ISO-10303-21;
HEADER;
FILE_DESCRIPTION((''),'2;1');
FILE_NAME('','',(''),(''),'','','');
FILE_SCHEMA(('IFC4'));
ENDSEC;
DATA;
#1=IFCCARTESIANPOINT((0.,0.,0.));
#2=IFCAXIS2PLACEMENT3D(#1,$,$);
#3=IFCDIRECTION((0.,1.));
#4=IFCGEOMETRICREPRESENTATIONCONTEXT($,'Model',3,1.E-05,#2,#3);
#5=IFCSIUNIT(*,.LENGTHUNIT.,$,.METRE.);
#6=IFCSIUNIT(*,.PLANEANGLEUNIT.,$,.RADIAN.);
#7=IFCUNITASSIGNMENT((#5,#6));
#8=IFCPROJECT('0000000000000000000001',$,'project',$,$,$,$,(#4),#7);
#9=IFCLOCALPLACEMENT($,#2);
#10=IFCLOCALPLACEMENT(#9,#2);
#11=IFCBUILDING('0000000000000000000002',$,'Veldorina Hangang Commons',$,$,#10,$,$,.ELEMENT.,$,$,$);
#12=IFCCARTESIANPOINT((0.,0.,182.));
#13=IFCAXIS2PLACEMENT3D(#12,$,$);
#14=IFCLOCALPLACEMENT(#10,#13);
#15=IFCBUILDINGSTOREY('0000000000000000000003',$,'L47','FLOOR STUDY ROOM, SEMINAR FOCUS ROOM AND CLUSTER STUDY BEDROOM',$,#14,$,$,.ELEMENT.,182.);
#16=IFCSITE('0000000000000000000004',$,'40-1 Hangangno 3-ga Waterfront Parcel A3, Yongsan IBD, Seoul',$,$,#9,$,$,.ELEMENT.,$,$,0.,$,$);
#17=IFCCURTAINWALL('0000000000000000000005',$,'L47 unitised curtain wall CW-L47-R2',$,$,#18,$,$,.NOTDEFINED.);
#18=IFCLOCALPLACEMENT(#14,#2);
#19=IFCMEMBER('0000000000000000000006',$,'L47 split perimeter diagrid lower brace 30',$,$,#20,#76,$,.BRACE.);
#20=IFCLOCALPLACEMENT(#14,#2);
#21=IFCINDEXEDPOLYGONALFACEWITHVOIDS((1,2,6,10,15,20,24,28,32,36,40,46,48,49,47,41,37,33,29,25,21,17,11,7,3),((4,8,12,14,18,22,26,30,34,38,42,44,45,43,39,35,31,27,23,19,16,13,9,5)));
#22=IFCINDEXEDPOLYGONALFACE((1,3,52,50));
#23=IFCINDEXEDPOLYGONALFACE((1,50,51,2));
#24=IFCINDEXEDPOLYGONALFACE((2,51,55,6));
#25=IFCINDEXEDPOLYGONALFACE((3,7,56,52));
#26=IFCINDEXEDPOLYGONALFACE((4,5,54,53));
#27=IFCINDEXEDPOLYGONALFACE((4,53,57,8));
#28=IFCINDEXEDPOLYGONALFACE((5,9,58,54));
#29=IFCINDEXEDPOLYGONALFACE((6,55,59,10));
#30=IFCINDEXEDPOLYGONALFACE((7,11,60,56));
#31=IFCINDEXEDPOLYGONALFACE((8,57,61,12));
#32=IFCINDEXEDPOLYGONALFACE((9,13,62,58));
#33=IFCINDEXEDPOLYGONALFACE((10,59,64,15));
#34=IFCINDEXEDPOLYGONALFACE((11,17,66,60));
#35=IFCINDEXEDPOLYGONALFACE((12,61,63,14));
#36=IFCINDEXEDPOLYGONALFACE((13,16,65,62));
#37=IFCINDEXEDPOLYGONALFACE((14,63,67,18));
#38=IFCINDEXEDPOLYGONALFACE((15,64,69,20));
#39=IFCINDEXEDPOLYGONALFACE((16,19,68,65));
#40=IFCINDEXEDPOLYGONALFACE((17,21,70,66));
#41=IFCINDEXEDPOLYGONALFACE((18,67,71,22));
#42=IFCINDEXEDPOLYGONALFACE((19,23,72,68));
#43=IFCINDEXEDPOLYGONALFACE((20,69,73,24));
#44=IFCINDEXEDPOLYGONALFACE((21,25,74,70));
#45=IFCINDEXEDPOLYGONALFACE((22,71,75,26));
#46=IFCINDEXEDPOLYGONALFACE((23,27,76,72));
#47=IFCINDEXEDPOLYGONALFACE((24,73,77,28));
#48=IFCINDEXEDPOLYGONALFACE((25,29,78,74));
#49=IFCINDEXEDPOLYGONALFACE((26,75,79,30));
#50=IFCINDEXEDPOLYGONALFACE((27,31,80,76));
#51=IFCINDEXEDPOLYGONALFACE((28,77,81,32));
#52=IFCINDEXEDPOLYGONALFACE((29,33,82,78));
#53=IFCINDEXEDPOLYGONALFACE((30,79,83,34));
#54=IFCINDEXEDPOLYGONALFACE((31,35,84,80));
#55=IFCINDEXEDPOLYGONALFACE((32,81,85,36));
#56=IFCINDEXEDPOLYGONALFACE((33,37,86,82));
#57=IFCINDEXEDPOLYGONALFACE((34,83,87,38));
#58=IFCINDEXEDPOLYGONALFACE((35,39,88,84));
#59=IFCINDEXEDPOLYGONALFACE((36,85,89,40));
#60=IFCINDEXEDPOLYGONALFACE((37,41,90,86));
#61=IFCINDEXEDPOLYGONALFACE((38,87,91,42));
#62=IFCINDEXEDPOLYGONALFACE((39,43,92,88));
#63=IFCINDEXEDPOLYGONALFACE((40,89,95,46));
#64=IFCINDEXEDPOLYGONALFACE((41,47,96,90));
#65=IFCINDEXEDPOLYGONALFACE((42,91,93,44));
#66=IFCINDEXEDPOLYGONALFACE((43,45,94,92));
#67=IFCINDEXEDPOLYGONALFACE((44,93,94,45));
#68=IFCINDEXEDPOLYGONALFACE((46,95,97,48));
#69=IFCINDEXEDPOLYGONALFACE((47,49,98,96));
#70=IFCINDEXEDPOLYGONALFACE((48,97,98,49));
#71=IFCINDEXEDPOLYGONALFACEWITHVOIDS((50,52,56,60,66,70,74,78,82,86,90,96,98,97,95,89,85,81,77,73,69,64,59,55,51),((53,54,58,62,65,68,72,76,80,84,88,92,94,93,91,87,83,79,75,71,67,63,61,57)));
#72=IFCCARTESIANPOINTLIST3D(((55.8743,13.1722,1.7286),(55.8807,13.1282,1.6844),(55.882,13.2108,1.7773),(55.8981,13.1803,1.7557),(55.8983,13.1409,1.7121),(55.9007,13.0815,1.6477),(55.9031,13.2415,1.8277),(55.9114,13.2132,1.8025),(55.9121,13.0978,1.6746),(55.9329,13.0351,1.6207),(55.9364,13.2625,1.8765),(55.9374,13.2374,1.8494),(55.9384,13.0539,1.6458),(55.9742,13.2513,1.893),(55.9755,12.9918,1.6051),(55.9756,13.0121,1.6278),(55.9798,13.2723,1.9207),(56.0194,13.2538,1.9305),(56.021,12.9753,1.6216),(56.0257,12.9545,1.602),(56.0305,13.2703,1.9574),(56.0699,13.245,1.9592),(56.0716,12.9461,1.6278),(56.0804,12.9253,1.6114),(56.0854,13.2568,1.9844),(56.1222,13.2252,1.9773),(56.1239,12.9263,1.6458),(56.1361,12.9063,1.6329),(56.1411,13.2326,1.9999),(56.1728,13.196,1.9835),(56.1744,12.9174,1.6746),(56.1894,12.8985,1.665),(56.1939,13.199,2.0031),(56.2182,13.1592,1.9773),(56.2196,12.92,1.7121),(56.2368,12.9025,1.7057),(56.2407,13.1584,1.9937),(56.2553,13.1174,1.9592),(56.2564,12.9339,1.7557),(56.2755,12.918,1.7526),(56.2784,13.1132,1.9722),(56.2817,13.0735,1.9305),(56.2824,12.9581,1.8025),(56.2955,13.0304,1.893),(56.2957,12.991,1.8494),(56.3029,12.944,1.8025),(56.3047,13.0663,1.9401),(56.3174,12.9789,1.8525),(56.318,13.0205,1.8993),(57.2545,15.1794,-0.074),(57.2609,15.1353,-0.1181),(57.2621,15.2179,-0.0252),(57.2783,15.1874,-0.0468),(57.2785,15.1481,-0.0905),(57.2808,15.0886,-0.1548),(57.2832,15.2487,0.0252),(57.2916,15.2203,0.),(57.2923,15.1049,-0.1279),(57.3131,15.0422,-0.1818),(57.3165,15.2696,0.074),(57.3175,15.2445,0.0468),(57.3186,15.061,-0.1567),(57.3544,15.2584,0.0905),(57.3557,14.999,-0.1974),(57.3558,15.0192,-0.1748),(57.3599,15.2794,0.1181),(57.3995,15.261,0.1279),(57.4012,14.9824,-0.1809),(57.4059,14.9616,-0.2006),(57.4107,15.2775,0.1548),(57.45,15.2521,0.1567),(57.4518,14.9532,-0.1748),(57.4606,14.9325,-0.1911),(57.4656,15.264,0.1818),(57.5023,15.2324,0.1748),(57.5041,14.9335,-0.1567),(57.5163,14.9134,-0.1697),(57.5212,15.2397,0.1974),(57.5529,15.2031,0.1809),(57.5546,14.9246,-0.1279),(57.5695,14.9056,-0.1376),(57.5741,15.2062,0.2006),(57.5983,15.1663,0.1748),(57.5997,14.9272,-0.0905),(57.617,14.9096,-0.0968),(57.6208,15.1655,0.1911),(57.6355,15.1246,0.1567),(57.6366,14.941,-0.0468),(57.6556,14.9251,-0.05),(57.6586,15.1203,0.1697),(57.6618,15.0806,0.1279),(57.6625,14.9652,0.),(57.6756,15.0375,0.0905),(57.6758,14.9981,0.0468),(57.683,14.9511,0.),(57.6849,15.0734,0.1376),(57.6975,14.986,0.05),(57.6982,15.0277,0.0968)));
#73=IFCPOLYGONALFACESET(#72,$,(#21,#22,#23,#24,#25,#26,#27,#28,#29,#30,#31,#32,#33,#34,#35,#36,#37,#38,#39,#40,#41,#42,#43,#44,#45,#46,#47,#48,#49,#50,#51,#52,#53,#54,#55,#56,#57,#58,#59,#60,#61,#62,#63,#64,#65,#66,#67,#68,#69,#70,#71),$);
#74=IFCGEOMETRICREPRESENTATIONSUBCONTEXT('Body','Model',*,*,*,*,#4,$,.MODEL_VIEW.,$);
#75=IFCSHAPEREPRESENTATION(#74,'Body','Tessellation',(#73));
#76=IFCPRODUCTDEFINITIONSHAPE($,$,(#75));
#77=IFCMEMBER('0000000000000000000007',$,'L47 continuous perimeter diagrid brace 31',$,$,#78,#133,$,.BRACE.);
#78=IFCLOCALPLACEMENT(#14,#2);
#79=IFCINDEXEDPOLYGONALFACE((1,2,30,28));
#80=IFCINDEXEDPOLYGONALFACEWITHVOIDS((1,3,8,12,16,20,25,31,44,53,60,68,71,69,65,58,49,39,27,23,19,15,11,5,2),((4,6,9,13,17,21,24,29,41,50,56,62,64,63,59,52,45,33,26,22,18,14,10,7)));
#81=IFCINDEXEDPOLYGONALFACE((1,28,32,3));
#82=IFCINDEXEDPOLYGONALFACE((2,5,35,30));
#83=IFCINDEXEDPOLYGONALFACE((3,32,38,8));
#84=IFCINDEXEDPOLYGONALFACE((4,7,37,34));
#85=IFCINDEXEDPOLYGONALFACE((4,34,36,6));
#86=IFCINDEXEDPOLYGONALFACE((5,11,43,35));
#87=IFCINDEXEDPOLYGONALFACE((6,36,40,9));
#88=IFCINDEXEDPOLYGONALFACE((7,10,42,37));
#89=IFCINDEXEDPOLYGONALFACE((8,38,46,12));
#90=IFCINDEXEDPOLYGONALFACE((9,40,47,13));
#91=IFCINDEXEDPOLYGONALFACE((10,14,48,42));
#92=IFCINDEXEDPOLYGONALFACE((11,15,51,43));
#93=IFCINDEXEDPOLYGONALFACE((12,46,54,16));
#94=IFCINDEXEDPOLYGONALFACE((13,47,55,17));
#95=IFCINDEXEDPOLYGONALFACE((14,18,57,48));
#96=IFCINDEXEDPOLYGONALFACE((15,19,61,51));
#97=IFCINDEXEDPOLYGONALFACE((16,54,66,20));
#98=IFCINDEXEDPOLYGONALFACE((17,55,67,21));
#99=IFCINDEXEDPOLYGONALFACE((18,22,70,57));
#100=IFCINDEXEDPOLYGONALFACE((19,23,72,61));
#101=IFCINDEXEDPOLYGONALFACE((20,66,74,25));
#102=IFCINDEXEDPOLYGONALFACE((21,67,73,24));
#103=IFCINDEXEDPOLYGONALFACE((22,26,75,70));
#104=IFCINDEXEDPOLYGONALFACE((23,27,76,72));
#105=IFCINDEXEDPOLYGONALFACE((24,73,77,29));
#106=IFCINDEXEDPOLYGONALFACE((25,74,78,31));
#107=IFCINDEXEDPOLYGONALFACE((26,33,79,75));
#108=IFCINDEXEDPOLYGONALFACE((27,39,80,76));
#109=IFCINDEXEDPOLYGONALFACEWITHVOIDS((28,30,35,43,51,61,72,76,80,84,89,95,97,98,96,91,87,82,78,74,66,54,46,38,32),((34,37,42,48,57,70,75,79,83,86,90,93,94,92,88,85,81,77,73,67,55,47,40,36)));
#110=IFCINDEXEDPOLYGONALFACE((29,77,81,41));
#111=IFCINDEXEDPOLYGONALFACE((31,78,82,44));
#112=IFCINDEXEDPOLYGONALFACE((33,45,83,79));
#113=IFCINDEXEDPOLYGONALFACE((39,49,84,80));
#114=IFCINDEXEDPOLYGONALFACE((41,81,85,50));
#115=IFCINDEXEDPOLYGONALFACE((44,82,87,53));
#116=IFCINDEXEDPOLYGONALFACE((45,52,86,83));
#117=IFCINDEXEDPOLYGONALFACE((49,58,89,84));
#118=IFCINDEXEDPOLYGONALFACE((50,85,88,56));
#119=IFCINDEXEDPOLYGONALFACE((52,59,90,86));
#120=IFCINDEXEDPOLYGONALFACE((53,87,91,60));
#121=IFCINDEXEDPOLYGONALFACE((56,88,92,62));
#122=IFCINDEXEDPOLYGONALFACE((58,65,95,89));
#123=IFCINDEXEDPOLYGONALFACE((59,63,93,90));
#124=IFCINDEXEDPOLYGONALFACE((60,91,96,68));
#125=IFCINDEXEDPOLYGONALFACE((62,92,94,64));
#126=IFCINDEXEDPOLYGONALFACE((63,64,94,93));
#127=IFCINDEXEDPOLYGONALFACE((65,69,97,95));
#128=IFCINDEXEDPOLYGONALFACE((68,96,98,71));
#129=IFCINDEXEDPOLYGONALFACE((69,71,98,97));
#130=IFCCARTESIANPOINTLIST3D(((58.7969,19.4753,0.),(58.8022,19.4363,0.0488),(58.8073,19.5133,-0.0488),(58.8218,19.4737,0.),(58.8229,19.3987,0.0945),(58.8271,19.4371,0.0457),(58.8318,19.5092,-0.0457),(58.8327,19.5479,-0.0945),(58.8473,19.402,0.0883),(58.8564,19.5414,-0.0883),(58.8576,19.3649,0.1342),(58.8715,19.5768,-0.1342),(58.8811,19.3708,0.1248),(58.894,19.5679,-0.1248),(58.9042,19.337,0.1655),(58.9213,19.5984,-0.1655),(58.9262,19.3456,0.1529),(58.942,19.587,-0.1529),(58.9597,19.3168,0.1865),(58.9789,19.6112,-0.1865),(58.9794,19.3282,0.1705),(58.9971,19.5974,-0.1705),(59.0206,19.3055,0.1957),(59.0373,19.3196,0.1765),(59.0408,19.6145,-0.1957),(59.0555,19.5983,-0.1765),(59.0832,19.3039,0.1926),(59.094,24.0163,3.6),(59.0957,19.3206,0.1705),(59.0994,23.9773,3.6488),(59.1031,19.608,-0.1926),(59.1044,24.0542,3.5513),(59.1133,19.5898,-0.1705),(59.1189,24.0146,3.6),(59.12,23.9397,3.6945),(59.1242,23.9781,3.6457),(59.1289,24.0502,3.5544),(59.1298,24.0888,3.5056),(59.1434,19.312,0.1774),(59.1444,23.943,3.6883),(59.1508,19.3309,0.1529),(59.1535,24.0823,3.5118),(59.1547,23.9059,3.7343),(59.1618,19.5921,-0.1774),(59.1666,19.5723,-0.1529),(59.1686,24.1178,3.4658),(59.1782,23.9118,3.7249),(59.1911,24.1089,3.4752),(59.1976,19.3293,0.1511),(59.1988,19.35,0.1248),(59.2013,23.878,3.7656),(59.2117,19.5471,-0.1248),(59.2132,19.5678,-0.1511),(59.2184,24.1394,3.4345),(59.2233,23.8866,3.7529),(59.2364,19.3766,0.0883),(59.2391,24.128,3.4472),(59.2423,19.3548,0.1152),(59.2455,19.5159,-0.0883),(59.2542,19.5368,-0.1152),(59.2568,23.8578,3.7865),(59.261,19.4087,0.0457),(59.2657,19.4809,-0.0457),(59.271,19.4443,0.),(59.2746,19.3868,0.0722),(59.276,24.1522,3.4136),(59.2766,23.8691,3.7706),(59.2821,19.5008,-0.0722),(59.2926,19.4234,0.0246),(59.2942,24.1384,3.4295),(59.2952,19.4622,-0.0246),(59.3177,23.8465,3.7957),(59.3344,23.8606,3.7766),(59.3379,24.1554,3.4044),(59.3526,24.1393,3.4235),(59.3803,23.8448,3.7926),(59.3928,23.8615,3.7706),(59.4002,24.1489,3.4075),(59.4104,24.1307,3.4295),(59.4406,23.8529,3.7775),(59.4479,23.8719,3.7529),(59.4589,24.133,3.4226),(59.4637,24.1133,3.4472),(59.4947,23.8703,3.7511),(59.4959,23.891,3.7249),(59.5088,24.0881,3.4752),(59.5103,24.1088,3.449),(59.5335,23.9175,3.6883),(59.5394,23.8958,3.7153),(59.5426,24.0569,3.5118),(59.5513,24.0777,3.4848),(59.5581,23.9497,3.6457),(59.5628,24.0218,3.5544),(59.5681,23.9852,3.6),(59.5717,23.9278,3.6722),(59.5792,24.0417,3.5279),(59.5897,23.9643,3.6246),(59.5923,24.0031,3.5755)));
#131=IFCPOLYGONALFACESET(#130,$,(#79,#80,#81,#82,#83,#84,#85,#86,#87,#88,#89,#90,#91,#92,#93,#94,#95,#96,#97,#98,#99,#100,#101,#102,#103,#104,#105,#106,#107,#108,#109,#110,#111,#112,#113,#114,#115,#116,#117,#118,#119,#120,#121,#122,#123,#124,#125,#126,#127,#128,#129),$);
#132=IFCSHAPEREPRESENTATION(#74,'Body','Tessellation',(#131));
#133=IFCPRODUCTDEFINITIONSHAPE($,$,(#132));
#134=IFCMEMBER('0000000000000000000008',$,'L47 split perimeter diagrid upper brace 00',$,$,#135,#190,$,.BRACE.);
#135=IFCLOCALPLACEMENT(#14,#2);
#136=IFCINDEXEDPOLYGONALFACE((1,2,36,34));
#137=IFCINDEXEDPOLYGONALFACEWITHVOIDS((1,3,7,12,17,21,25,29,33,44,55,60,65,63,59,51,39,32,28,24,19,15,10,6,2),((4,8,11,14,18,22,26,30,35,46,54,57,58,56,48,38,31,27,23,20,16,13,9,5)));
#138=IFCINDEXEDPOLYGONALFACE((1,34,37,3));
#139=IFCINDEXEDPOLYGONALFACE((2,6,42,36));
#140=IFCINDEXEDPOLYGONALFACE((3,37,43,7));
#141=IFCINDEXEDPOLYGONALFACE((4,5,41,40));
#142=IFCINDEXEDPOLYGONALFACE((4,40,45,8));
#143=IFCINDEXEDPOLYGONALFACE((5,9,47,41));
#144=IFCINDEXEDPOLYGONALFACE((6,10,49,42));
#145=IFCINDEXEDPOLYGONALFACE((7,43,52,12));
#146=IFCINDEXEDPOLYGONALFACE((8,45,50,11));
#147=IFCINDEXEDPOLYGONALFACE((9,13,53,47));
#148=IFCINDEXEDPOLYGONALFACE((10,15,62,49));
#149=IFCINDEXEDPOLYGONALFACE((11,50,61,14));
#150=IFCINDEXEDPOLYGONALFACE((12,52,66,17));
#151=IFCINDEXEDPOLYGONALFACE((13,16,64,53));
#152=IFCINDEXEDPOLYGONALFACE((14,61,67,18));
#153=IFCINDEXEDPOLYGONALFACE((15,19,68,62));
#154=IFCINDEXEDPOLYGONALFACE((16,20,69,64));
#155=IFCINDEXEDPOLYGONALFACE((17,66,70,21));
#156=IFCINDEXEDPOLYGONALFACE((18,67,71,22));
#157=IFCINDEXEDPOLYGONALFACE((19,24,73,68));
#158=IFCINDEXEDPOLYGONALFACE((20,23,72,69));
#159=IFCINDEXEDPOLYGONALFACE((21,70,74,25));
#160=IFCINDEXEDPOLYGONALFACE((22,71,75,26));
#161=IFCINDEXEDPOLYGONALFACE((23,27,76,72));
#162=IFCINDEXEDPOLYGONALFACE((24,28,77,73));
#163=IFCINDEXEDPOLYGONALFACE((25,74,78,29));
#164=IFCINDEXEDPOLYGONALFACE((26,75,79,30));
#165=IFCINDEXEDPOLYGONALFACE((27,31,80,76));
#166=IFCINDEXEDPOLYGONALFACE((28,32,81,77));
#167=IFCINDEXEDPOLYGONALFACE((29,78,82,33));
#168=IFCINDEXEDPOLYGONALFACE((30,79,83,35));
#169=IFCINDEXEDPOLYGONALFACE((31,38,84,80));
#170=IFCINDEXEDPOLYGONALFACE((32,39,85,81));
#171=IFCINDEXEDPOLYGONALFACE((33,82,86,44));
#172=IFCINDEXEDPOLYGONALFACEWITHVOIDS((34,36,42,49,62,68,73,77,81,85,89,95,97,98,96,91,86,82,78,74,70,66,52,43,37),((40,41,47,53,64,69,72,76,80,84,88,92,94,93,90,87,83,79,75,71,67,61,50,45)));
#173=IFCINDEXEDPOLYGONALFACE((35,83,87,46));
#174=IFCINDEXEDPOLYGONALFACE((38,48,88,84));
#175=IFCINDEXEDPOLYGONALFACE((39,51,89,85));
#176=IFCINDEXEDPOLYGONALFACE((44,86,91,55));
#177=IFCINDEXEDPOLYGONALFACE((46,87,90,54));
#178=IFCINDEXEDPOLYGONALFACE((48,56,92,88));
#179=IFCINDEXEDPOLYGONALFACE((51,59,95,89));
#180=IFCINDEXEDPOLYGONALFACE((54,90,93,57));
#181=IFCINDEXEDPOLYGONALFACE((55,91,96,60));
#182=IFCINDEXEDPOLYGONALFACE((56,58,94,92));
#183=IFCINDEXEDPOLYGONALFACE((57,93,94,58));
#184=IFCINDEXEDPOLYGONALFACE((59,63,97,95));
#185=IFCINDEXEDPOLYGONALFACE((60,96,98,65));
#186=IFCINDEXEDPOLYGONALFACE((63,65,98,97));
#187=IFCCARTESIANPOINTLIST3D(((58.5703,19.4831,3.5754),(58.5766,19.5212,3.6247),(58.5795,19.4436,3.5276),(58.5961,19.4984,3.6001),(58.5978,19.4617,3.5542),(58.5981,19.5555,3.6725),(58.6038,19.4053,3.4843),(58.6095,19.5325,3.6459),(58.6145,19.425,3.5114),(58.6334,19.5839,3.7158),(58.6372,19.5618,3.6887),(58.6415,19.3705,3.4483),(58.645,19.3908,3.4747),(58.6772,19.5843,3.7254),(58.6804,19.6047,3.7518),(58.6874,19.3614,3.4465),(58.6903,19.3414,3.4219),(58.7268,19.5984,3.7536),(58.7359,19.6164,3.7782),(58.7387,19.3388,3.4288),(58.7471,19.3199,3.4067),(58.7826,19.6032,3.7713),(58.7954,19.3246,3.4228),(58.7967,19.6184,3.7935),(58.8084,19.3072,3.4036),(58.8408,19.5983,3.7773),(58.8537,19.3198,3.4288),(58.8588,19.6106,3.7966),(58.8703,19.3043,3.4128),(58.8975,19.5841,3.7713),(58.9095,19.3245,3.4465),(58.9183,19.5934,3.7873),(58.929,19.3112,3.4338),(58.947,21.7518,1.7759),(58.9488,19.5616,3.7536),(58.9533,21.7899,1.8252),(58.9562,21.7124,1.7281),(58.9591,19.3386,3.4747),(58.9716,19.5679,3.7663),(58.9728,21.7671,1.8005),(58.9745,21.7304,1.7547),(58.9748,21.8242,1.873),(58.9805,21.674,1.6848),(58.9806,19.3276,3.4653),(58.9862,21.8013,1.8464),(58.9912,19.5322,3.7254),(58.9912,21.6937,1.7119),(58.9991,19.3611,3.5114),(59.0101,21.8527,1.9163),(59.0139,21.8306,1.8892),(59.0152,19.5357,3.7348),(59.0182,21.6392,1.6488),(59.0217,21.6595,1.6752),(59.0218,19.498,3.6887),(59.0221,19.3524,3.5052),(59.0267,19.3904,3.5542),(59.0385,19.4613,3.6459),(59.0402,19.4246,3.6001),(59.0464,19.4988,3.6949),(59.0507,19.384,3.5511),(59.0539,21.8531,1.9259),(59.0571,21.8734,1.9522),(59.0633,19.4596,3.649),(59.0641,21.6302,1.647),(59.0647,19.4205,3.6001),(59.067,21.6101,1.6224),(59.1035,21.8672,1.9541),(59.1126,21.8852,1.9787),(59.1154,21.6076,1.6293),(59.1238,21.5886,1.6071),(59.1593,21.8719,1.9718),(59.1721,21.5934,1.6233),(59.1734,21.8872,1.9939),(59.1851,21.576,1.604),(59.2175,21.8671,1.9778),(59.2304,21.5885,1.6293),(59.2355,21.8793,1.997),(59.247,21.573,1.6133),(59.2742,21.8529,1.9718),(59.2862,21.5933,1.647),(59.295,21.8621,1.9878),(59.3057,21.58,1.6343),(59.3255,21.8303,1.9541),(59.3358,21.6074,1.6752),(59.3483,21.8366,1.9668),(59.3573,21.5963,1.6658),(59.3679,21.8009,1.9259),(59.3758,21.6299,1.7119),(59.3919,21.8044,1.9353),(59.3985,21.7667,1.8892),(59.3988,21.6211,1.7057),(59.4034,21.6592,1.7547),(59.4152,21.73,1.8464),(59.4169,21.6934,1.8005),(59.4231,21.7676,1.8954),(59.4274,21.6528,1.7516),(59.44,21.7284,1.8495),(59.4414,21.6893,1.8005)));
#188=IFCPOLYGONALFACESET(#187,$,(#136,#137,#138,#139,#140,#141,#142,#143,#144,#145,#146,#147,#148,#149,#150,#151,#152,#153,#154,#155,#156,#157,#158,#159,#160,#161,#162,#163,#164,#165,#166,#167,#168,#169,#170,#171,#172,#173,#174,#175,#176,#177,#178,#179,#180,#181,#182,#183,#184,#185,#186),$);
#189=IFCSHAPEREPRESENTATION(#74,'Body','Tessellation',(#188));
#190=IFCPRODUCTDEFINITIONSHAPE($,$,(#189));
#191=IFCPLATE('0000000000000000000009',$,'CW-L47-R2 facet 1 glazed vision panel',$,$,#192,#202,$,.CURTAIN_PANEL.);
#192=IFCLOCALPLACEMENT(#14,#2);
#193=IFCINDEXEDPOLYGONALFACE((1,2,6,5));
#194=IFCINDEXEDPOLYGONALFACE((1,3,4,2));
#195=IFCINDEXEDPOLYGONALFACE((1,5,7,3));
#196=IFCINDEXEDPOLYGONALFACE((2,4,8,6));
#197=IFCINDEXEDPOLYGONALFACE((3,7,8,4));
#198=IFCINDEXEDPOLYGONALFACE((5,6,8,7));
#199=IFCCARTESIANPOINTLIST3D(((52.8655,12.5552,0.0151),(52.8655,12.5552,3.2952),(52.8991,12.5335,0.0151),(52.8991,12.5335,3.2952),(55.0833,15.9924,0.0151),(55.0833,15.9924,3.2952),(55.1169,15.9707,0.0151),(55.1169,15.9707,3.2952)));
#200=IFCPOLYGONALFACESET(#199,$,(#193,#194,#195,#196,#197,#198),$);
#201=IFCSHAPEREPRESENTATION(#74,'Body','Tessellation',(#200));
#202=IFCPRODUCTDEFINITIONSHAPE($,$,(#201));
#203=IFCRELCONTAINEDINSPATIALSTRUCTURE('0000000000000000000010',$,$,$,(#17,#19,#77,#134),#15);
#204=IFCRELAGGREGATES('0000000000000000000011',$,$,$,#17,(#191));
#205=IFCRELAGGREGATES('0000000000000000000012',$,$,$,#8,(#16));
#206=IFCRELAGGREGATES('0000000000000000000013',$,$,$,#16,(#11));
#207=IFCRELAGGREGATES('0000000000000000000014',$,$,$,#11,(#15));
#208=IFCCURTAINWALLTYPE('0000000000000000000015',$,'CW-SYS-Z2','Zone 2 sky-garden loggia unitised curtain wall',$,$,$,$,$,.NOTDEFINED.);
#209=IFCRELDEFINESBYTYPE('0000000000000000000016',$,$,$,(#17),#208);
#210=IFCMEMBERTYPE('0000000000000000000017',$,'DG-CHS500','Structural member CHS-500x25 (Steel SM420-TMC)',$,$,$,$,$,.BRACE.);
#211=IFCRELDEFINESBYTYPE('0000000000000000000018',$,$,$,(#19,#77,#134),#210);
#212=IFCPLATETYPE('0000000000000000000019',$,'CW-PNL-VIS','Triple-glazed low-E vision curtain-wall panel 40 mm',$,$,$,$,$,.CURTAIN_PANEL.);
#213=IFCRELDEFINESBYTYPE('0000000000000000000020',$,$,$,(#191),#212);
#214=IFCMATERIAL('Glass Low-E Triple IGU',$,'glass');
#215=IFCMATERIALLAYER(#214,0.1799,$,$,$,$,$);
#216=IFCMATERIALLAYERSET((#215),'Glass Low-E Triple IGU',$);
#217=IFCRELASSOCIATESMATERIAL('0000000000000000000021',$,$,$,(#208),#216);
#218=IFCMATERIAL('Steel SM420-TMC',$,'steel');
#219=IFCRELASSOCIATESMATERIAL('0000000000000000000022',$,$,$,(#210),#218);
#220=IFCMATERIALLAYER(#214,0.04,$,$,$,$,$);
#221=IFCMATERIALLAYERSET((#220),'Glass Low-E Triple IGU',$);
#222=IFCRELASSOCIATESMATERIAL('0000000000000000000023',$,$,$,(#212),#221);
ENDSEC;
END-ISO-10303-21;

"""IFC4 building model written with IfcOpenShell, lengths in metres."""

from ifc_helpers import new_model, si_unit, direction, frame, origin, origin_2d, place, context, subcontext, project, spatial, rectangle, hollow_circle, extrude, material, layer, layer_set, material_profile, profile_set, type_object, element, aggregate, save


model = new_model("IFC4")

# Units and contexts
model_context = context("Model", 3, precision=1e-05, world=origin(), true_north=direction((0.0, 1.0)))
body_context = subcontext(model_context, "Body", "Model", "MODEL_VIEW")
ifc_project = project(units=[si_unit("LENGTHUNIT", "METRE"), si_unit("PLANEANGLEUNIT", "RADIAN")], contexts=[model_context])

# Site, building, storey
site_placement = place(None, origin())
site = spatial("IfcSite", under=ifc_project, at=site_placement, Name="40-1 Hangangno 3-ga Waterfront Parcel A3, Yongsan IBD, Seoul", CompositionType="ELEMENT", RefElevation=0.0)
building_placement = place(site_placement, origin())
building = spatial("IfcBuilding", under=site, at=building_placement, Name="Veldorina Hangang Commons", CompositionType="ELEMENT")
storey_placement = place(building_placement, frame((0.0, 0.0, 182.0)))
storey = spatial("IfcBuildingStorey", under=building, at=storey_placement, Name="L47", Description="FLOOR STUDY ROOM, SEMINAR FOCUS ROOM AND CLUSTER STUDY BEDROOM", CompositionType="ELEMENT", Elevation=182.0)

# Shared definitions
ifc_material_1 = material(Name="Steel SM420-TMC", Category="steel")

# Curtain wall
ifc_material_2 = material(Name="Glass Low-E Triple IGU", Category="glass")
ifc_layer_1 = layer(ifc_material_2, 0.1799)
ifc_layer_set_1 = layer_set([ifc_layer_1], Name="Glass Low-E Triple IGU")
curtain_wall_type = type_object("IfcCurtainWallType", Name="CW-SYS-Z2", Description="Zone 2 sky-garden loggia unitised curtain wall", PredefinedType="NOTDEFINED", material=ifc_layer_set_1)
curtain_wall_placement = place(storey_placement, origin())
curtain_wall = element("IfcCurtainWall", 1, at=curtain_wall_placement, inside=storey, type_object=curtain_wall_type, Name="L47 unitised curtain wall CW-L47-R2", PredefinedType="NOTDEFINED")

# Members
ifc_material_profile_1 = material_profile(ifc_material_1, hollow_circle(Radius=0.25, WallThickness=0.0249, at=origin_2d()), Name="CHS-500x25")
ifc_profile_set_1 = profile_set([ifc_material_profile_1], Name="Steel SM420-TMC")
member_type_1 = type_object("IfcMemberType", Name="DG-CHS500", Description="Structural member CHS-500x25 (Steel SM420-TMC)", PredefinedType="BRACE", material=ifc_profile_set_1)
member_1_placement = place(storey_placement, frame((57.4771, 15.0928, 0.0), z_axis=(-0.455458, -0.66236, 0.594843), x_axis=(0.823992, -0.566601, 0.0)))
element("IfcMember", 2, at=member_1_placement, inside=storey, type_object=member_type_1, Name="L47 split perimeter diagrid lower brace 30", PredefinedType="BRACE", context=body_context, shape_type="SweptSolid", body=[
    extrude(hollow_circle(Radius=0.25, WallThickness=0.0249, at=origin_2d()), origin(), (0.0, 0.0, 1.0), 3.0303),
])
member_2_placement = place(storey_placement, frame((59.0464, 19.459, 0.0), z_axis=(0.051205, 0.782587, 0.620432), x_axis=(-0.997866, 0.06529, 0.0)))
element("IfcMember", 3, at=member_2_placement, inside=storey, type_object=member_type_1, Name="L47 continuous perimeter diagrid brace 31", PredefinedType="BRACE", context=body_context, shape_type="SweptSolid", body=[
    extrude(hollow_circle(Radius=0.25, WallThickness=0.0249, at=origin_2d()), origin(), (0.0, 0.0, 1.0), 5.8025),
])
member_3_placement = place(storey_placement, frame((59.1948, 21.7302, 1.8005), z_axis=(-0.129, -0.776923, 0.616238), x_axis=(0.986494, -0.163796, 0.0)))
element("IfcMember", 4, at=member_3_placement, inside=storey, type_object=member_type_1, Name="L47 split perimeter diagrid upper brace 00", PredefinedType="BRACE", context=body_context, shape_type="SweptSolid", body=[
    extrude(hollow_circle(Radius=0.25, WallThickness=0.0249, at=origin_2d()), origin(), (0.0, 0.0, 1.0), 2.9202),
])

# Plate
ifc_layer_2 = layer(ifc_material_2, 0.04)
ifc_layer_set_2 = layer_set([ifc_layer_2], Name="Glass Low-E Triple IGU")
plate_type_1 = type_object("IfcPlateType", Name="CW-PNL-VIS", Description="Triple-glazed low-E vision curtain-wall panel 40 mm", PredefinedType="CURTAIN_PANEL", material=ifc_layer_set_2)
plate_1_placement = place(storey_placement, frame((53.9912, 14.2629, 0.0151), z_axis=(0.0, 0.0, 1.0), x_axis=(0.542178, 0.840264, 0.0)))
plate_1 = element("IfcPlate", 5, at=plate_1_placement, type_object=plate_type_1, Name="CW-L47-R2 facet 1 glazed vision panel", PredefinedType="CURTAIN_PANEL", context=body_context, shape_type="SweptSolid", body=[
    extrude(rectangle(XDim=4.0906, YDim=0.04, at=origin_2d()), origin(), (0.0, 0.0, 1.0), 3.28),
])
aggregate(curtain_wall, [plate_1])

save(model, "model.ifc")
